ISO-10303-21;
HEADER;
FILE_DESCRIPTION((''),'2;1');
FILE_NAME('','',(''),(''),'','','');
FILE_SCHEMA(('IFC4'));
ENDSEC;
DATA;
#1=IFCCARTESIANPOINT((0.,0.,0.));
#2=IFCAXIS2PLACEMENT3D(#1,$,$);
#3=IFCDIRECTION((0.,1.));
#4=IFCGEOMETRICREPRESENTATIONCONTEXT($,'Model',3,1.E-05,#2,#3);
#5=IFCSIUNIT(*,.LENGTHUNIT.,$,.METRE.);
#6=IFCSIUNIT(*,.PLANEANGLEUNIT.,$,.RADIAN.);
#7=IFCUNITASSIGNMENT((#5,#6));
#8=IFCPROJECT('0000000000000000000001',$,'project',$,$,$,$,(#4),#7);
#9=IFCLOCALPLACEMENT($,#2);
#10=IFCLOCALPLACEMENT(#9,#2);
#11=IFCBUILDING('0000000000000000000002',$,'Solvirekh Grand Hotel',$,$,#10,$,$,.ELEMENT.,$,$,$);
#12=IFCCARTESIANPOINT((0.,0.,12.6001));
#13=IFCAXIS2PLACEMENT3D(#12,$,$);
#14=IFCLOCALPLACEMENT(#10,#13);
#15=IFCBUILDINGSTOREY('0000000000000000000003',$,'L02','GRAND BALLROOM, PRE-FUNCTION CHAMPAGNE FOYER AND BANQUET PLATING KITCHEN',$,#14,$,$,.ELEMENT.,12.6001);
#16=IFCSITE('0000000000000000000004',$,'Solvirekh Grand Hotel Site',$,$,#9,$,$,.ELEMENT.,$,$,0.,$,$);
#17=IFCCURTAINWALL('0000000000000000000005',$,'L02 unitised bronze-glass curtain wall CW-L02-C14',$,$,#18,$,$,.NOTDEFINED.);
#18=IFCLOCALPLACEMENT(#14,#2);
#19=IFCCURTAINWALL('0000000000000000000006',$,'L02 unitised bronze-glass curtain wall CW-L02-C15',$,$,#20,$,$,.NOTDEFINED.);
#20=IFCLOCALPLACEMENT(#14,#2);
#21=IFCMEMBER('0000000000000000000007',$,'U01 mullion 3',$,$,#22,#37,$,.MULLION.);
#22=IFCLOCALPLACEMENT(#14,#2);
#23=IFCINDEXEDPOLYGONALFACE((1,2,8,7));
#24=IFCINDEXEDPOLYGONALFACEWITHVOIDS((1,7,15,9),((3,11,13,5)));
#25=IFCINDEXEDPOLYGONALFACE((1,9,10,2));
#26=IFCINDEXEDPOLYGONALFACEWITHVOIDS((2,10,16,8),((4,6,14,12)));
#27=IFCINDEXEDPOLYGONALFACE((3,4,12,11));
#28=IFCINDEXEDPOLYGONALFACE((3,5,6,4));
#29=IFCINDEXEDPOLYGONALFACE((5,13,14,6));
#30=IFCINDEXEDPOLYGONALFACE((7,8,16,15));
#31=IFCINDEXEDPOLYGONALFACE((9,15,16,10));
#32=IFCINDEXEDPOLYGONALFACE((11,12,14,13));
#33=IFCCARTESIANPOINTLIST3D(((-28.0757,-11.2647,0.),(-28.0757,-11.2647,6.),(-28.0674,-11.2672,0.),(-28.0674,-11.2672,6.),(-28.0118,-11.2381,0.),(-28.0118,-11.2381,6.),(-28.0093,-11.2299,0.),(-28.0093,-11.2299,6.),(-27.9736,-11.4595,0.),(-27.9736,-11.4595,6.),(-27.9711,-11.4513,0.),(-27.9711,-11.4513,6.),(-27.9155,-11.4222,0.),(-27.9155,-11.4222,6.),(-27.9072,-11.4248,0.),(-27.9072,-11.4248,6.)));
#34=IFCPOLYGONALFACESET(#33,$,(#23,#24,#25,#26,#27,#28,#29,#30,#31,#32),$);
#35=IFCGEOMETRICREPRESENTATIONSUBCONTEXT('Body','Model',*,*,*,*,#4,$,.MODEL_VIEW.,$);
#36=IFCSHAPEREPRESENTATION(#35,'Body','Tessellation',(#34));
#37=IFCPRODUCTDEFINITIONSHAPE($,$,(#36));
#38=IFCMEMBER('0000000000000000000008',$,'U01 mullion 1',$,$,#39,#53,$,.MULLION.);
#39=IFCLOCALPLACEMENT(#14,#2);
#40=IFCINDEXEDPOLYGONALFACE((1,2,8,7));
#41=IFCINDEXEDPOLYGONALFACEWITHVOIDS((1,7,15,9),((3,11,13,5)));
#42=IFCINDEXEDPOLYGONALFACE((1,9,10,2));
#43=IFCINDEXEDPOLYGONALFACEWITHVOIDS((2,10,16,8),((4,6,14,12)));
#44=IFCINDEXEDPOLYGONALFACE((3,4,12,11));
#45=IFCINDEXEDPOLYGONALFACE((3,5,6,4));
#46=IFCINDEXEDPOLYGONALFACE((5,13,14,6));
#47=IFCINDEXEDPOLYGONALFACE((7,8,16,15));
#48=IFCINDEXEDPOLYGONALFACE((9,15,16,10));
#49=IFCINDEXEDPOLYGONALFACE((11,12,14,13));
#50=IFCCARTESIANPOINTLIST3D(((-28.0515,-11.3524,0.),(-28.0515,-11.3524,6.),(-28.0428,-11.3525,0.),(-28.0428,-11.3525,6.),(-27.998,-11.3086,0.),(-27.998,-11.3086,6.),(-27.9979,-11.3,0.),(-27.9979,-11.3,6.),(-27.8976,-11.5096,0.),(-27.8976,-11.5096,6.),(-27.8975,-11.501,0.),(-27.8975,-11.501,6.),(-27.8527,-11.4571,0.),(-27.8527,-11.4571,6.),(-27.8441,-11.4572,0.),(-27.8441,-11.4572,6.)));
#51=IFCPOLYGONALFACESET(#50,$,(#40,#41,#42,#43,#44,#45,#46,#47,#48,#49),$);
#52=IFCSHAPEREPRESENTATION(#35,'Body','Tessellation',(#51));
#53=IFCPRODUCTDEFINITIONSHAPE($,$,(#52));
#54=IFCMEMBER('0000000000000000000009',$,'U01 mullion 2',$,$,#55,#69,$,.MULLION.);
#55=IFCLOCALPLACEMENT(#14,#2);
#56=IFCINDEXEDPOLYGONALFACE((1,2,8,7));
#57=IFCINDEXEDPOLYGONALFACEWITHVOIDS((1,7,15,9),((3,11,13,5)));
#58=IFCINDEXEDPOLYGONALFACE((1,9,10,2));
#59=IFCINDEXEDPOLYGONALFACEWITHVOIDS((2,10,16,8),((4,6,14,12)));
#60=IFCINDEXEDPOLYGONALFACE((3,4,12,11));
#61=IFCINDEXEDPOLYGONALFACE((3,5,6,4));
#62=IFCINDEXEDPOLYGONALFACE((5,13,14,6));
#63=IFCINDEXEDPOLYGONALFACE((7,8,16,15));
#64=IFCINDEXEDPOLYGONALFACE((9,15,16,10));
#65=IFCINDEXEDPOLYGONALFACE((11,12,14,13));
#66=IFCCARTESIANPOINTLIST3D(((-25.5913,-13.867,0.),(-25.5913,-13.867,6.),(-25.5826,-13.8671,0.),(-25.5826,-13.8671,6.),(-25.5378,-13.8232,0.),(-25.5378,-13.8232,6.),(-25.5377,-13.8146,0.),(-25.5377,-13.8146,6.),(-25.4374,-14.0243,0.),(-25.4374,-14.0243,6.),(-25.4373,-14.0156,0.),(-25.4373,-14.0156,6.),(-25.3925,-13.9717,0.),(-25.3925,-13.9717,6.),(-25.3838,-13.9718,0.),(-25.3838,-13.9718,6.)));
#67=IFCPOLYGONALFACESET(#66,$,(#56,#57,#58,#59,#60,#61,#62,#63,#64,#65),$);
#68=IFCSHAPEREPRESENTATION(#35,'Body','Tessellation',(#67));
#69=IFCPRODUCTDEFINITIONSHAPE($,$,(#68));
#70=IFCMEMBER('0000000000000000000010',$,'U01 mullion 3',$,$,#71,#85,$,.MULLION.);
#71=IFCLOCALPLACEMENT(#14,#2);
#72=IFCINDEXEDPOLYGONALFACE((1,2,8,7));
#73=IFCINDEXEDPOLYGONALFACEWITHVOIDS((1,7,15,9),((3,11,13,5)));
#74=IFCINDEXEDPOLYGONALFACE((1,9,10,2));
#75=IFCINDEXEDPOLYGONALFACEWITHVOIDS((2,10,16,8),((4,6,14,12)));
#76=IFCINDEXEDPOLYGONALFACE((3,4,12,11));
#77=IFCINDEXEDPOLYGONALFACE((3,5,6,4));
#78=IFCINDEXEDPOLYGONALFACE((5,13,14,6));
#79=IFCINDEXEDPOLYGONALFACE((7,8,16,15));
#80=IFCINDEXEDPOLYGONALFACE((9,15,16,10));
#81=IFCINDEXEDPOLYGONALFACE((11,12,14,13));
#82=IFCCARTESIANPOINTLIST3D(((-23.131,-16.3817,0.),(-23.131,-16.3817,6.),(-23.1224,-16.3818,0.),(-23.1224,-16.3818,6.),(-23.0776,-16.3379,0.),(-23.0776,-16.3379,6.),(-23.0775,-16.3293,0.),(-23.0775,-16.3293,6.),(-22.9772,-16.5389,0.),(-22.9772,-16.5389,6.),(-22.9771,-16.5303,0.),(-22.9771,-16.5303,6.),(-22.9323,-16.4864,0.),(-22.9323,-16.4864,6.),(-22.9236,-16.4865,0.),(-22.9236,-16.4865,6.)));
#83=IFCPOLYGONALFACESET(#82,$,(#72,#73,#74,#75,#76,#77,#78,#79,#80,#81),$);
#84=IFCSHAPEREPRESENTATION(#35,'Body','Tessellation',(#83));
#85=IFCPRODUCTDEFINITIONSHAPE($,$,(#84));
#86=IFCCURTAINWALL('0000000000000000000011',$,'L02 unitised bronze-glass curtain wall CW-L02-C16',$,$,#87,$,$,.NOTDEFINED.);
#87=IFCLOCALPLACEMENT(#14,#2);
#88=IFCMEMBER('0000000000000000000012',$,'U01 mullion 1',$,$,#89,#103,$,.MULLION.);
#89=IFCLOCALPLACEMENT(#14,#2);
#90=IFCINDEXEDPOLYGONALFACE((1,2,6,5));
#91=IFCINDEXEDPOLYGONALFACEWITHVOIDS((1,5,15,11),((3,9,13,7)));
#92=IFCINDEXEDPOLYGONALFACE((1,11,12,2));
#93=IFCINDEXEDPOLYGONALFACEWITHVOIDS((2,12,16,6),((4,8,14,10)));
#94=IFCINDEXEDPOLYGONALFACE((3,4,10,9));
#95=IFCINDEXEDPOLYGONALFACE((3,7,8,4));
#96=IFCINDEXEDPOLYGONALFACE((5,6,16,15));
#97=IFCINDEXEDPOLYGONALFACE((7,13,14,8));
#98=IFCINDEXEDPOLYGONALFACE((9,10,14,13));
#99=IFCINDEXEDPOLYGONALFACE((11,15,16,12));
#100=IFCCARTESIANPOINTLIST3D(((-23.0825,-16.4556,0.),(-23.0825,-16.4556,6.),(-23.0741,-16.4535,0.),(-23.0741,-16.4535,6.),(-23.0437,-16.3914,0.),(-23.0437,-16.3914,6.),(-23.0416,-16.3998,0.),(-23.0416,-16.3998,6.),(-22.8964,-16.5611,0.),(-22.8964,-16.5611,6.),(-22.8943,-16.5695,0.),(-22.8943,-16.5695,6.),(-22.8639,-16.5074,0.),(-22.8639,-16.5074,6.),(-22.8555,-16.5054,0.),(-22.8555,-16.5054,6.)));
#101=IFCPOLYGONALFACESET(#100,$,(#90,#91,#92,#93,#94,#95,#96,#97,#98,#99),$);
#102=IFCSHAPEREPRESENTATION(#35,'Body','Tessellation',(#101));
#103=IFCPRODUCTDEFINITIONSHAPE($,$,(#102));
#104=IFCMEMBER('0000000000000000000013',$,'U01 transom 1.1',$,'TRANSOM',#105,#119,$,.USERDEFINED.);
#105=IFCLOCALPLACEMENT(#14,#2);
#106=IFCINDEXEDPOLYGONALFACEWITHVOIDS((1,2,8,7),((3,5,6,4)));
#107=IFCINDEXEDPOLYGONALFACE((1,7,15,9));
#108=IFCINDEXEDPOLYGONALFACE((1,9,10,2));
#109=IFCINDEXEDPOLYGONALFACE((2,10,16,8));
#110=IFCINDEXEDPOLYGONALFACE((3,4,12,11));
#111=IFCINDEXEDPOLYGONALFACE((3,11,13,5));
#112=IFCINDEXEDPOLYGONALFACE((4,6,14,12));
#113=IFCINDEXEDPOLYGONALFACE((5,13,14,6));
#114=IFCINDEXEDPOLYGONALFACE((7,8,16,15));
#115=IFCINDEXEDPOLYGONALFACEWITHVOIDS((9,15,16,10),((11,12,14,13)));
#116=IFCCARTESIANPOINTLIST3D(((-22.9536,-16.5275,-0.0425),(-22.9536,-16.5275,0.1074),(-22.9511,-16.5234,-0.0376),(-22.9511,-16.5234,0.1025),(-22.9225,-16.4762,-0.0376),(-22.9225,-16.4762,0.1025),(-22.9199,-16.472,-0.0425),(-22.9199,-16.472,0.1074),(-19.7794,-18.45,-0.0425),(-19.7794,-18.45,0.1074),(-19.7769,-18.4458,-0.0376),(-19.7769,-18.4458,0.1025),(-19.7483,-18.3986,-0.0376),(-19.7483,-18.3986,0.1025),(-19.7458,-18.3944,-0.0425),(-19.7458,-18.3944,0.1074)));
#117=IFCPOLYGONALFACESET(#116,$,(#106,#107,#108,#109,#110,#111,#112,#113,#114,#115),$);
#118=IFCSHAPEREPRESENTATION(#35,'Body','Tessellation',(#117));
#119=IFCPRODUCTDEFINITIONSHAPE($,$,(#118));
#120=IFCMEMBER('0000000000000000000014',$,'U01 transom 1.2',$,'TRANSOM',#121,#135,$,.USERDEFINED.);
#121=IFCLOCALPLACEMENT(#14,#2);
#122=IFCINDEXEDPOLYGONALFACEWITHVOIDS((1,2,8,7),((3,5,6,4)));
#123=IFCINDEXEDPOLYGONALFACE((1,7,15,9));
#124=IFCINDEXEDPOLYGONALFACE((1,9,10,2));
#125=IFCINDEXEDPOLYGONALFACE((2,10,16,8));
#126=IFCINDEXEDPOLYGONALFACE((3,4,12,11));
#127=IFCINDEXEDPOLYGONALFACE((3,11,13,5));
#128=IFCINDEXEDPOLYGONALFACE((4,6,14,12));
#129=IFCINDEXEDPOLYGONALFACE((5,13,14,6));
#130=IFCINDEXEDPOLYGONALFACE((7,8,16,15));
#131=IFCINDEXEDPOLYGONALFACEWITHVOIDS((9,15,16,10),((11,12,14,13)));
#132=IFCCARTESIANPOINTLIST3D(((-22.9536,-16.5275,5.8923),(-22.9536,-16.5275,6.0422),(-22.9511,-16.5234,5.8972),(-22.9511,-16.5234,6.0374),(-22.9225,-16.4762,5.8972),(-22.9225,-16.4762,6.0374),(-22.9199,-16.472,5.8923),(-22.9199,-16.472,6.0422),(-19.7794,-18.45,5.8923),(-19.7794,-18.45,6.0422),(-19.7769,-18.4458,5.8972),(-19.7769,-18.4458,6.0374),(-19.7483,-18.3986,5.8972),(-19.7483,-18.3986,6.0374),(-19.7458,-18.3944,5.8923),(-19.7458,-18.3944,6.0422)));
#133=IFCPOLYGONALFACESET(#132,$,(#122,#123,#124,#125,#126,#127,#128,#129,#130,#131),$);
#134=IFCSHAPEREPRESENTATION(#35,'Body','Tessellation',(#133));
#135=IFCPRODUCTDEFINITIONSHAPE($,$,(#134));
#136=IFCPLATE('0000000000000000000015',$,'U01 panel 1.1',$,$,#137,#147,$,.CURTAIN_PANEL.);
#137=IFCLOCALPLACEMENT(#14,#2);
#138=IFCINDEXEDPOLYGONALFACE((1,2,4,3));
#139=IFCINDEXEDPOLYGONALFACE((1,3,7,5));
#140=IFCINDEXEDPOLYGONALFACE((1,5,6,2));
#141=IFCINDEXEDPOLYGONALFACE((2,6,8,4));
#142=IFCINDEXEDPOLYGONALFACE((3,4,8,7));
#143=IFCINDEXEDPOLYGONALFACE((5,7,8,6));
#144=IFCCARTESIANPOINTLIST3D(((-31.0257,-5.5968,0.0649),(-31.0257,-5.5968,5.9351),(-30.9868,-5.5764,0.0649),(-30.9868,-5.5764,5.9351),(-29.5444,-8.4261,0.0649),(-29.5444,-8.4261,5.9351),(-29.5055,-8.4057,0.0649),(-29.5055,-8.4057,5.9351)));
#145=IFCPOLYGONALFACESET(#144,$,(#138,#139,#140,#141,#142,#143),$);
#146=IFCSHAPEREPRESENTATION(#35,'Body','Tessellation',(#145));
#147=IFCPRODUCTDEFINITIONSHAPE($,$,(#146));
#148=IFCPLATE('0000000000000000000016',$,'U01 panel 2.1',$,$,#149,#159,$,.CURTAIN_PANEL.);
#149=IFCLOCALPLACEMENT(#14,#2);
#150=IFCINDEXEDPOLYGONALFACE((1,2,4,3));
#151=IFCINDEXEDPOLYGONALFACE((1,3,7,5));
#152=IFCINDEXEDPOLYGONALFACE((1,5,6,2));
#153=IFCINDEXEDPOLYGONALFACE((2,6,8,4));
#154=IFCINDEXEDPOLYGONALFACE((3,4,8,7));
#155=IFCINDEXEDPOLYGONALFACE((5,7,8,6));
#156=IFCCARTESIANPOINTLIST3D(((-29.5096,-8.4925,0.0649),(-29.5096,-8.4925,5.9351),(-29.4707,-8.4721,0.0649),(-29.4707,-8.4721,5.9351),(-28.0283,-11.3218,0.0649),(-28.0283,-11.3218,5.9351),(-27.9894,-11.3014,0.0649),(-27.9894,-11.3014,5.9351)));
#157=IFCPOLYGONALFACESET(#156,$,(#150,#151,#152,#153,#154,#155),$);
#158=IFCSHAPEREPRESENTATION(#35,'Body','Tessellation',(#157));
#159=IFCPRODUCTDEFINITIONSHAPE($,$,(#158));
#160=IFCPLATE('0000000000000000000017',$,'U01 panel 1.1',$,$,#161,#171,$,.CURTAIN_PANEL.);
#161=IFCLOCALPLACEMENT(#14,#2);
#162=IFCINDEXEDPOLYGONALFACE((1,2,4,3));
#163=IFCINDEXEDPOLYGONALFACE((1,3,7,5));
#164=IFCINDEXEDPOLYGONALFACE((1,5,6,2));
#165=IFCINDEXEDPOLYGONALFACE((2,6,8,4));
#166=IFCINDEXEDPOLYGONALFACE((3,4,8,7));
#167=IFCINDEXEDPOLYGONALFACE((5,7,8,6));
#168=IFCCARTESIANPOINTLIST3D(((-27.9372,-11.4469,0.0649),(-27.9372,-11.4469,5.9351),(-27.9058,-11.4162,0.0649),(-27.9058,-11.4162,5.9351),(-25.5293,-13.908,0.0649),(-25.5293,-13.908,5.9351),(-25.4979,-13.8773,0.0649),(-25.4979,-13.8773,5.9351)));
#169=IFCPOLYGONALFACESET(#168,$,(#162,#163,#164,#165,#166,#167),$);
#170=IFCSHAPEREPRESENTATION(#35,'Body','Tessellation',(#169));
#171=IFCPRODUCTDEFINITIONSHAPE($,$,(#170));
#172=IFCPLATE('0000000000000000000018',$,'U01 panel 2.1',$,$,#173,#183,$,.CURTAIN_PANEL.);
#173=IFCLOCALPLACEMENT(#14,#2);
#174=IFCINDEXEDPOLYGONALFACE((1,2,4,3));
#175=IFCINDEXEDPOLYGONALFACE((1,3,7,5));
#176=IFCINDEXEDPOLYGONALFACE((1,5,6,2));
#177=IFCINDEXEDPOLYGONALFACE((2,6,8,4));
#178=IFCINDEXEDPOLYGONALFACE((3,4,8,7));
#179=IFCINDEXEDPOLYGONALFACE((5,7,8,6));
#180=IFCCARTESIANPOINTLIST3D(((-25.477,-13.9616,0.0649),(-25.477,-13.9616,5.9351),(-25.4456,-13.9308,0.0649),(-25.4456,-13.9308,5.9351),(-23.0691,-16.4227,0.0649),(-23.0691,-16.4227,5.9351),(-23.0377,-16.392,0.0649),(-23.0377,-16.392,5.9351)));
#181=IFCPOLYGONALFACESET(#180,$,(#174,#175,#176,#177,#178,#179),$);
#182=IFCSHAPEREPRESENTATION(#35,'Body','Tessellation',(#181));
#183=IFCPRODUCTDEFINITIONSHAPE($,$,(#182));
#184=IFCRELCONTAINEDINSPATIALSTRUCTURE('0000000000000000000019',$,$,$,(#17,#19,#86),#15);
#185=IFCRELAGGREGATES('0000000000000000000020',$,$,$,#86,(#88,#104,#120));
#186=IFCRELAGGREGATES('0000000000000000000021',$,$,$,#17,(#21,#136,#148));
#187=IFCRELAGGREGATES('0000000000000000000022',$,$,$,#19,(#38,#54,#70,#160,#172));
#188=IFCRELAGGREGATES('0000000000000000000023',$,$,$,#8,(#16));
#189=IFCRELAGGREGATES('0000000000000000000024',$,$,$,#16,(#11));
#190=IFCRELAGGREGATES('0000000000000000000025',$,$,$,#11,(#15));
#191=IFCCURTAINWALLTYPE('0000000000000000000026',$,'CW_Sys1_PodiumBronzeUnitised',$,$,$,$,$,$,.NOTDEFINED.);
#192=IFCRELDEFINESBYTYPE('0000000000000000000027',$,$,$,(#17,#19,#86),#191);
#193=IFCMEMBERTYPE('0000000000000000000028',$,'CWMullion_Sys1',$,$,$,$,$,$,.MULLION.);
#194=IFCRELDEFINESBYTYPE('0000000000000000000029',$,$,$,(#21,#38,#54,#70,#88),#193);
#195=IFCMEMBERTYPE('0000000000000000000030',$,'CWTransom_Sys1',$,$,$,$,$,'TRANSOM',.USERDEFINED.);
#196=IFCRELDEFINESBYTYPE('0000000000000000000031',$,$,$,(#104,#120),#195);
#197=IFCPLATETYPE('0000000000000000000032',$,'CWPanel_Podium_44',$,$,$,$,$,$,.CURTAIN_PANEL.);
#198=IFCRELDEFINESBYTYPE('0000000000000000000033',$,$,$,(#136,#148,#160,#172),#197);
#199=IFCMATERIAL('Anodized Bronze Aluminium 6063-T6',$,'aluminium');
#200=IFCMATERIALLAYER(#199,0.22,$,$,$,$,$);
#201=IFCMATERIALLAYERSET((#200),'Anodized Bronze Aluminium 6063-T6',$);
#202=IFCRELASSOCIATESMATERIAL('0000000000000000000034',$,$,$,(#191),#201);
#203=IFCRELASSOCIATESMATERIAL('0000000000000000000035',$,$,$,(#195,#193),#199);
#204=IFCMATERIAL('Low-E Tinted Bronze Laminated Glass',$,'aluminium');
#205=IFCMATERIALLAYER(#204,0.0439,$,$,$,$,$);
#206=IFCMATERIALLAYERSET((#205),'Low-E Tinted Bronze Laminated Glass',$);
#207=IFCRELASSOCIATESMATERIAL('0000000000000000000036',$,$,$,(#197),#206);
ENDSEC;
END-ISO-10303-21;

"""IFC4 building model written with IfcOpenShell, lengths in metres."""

from ifc_helpers import new_model, si_unit, direction, frame, origin, origin_2d, place, context, subcontext, project, spatial, rectangle, hollow_rectangle, extrude, source, transform, mapped, material, layer, layer_set, material_profile, profile_set, type_object, element, aggregate, save


model = new_model("IFC4")

# Units and contexts
model_context = context("Model", 3, precision=1e-05, world=origin(), true_north=direction((0.0, 1.0)))
body_context = subcontext(model_context, "Body", "Model", "MODEL_VIEW")
ifc_project = project(units=[si_unit("LENGTHUNIT", "METRE"), si_unit("PLANEANGLEUNIT", "RADIAN")], contexts=[model_context])

# Site, building, storey
site_placement = place(None, origin())
site = spatial("IfcSite", under=ifc_project, at=site_placement, Name="Solvirekh Grand Hotel Site", CompositionType="ELEMENT", RefElevation=0.0)
building_placement = place(site_placement, origin())
building = spatial("IfcBuilding", under=site, at=building_placement, Name="Solvirekh Grand Hotel", CompositionType="ELEMENT")
storey_placement = place(building_placement, frame((0.0, 0.0, 12.6001)))
storey = spatial("IfcBuildingStorey", under=building, at=storey_placement, Name="L02", Description="GRAND BALLROOM, PRE-FUNCTION CHAMPAGNE FOYER AND BANQUET PLATING KITCHEN", CompositionType="ELEMENT", Elevation=12.6001)

# Curtain walls
ifc_material_1 = material(Name="Anodized Bronze Aluminium 6063-T6", Category="aluminium")
ifc_layer_1 = layer(ifc_material_1, 0.22)
ifc_layer_set_1 = layer_set([ifc_layer_1], Name="Anodized Bronze Aluminium 6063-T6")
curtain_wall_type = type_object("IfcCurtainWallType", Name="CW_Sys1_PodiumBronzeUnitised", PredefinedType="NOTDEFINED", material=ifc_layer_set_1)
curtain_wall_1_placement = place(storey_placement, origin())
curtain_wall_1 = element("IfcCurtainWall", 1, at=curtain_wall_1_placement, inside=storey, type_object=curtain_wall_type, Name="L02 unitised bronze-glass curtain wall CW-L02-C14", PredefinedType="NOTDEFINED")
ifc_material_profile_1 = material_profile(ifc_material_1, hollow_rectangle(XDim=0.0649, YDim=0.1499, WallThickness=0.0049, at=origin_2d()), Name="ALU RHS 150X65X5")
ifc_profile_set_1 = profile_set([ifc_material_profile_1], Name="Anodized Bronze Aluminium 6063-T6")
member_type_1 = type_object("IfcMemberType", Name="CWTransom_Sys1", ElementType="TRANSOM", PredefinedType="USERDEFINED", material=ifc_profile_set_1)
curtain_wall_2_placement = place(storey_placement, origin())
curtain_wall_2 = element("IfcCurtainWall", 2, at=curtain_wall_2_placement, inside=storey, type_object=curtain_wall_type, Name="L02 unitised bronze-glass curtain wall CW-L02-C15", PredefinedType="NOTDEFINED")

# Members
ifc_material_profile_2 = material_profile(ifc_material_1, hollow_rectangle(XDim=0.075, YDim=0.22, WallThickness=0.0061, at=origin_2d()), Name="ALU RHS 220X75X6")
ifc_profile_set_2 = profile_set([ifc_material_profile_2], Name="Anodized Bronze Aluminium 6063-T6")
member_type_2 = type_object("IfcMemberType", Name="CWMullion_Sys1", PredefinedType="MULLION", material=ifc_profile_set_2)
shared_shape_1 = source(origin(), body_context, "Body", "SweptSolid", [
    extrude(hollow_rectangle(XDim=0.075, YDim=0.22, WallThickness=0.0061, at=origin_2d()), origin(), (0.0, 0.0, 1.0), 6.0),
])
member_1_placement = place(storey_placement, frame((-27.9915, -11.3447, 0.0), z_axis=(0.0, 0.0, 1.0), x_axis=(0.885923, 0.463832, 0.0)))
member_1 = element("IfcMember", 3, at=member_1_placement, type_object=member_type_2, Name="U01 mullion 3", PredefinedType="MULLION", context=body_context, shape_type="MappedRepresentation", body=[
    mapped(shared_shape_1, transform((0.0, 0.0, 0.0), x_axis=(1.0, 0.0, 0.0), y_axis=(0.0, 1.0, 0.0), z_axis=(0.0, 0.0, 1.0), scale=1.0)),
])
member_2_placement = place(storey_placement, frame((-27.9478, -11.4048, 0.0), z_axis=(0.0, 0.0, 1.0), x_axis=(0.714799, 0.69933, 0.0)))
member_2 = element("IfcMember", 4, at=member_2_placement, type_object=member_type_2, Name="U01 mullion 1", PredefinedType="MULLION", context=body_context, shape_type="MappedRepresentation", body=[
    mapped(shared_shape_1, transform((0.0, 0.0, 0.0), x_axis=(1.0, 0.0, 0.0), y_axis=(0.0, 1.0, 0.0), z_axis=(0.0, 0.0, 1.0), scale=1.0)),
])
member_3_placement = place(storey_placement, frame((-25.4875, -13.9194, 0.0), z_axis=(0.0, 0.0, 1.0), x_axis=(0.714799, 0.69933, 0.0)))
member_3 = element("IfcMember", 5, at=member_3_placement, type_object=member_type_2, Name="U01 mullion 2", PredefinedType="MULLION", context=body_context, shape_type="MappedRepresentation", body=[
    mapped(shared_shape_1, transform((0.0, 0.0, 0.0), x_axis=(1.0, 0.0, 0.0), y_axis=(0.0, 1.0, 0.0), z_axis=(0.0, 0.0, 1.0), scale=1.0)),
])
member_4_placement = place(storey_placement, frame((-23.0273, -16.4341, 0.0), z_axis=(0.0, 0.0, 1.0), x_axis=(0.714799, 0.69933, 0.0)))
member_4 = element("IfcMember", 6, at=member_4_placement, type_object=member_type_2, Name="U01 mullion 3", PredefinedType="MULLION", context=body_context, shape_type="MappedRepresentation", body=[
    mapped(shared_shape_1, transform((0.0, 0.0, 0.0), x_axis=(1.0, 0.0, 0.0), y_axis=(0.0, 1.0, 0.0), z_axis=(0.0, 0.0, 1.0), scale=1.0)),
])

# Curtain wall, members
curtain_wall_3_placement = place(storey_placement, origin())
curtain_wall_3 = element("IfcCurtainWall", 7, at=curtain_wall_3_placement, inside=storey, type_object=curtain_wall_type, Name="L02 unitised bronze-glass curtain wall CW-L02-C16", PredefinedType="NOTDEFINED")
member_5_placement = place(storey_placement, frame((-22.969, -16.4805, 0.0), z_axis=(0.0, 0.0, 1.0), x_axis=(0.517992, 0.855386, 0.0)))
member_5 = element("IfcMember", 8, at=member_5_placement, type_object=member_type_2, Name="U01 mullion 1", PredefinedType="MULLION", context=body_context, shape_type="MappedRepresentation", body=[
    mapped(shared_shape_1, transform((0.0, 0.0, 0.0), x_axis=(1.0, 0.0, 0.0), y_axis=(0.0, 1.0, 0.0), z_axis=(0.0, 0.0, 1.0), scale=1.0)),
])
shared_shape_2 = source(origin(), body_context, "Body", "SweptSolid", [
    extrude(hollow_rectangle(XDim=0.0649, YDim=0.1499, WallThickness=0.0049, at=origin_2d()), origin(), (0.0, 0.0, 1.0), 3.7109),
])
member_6_placement = place(storey_placement, frame((-22.9368, -16.4998, 0.0325), z_axis=(0.855355, -0.518042, 0.0), x_axis=(0.518042, 0.855355, 0.0)))
member_6 = element("IfcMember", 9, at=member_6_placement, type_object=member_type_1, Name="U01 transom 1.1", ObjectType="TRANSOM", PredefinedType="USERDEFINED", context=body_context, shape_type="MappedRepresentation", body=[
    mapped(shared_shape_2, transform((0.0, 0.0, 0.0), x_axis=(1.0, 0.0, 0.0), y_axis=(0.0, 1.0, 0.0), z_axis=(0.0, 0.0, 1.0), scale=1.0)),
])
member_7_placement = place(storey_placement, frame((-22.9368, -16.4998, 5.9673), z_axis=(0.855355, -0.518042, 0.0), x_axis=(0.518042, 0.855355, 0.0)))
member_7 = element("IfcMember", 10, at=member_7_placement, type_object=member_type_1, Name="U01 transom 1.2", ObjectType="TRANSOM", PredefinedType="USERDEFINED", context=body_context, shape_type="MappedRepresentation", body=[
    mapped(shared_shape_2, transform((0.0, 0.0, 0.0), x_axis=(1.0, 0.0, 0.0), y_axis=(0.0, 1.0, 0.0), z_axis=(0.0, 0.0, 1.0), scale=1.0)),
])
aggregate(curtain_wall_3, [member_5, member_6, member_7])

# Plates
ifc_material_2 = material(Name="Low-E Tinted Bronze Laminated Glass", Category="aluminium")
ifc_layer_2 = layer(ifc_material_2, 0.0439)
ifc_layer_set_2 = layer_set([ifc_layer_2], Name="Low-E Tinted Bronze Laminated Glass")
plate_type = type_object("IfcPlateType", Name="CWPanel_Podium_44", PredefinedType="CURTAIN_PANEL", material=ifc_layer_set_2)
shared_shape_3 = source(origin(), body_context, "Body", "SweptSolid", [
    extrude(rectangle(XDim=3.1936, YDim=0.0439, at=origin_2d()), origin(), (0.0, 0.0, 1.0), 5.8701),
])
plate_1_placement = place(storey_placement, frame((-30.2656, -7.0012, 0.0649), z_axis=(0.0, 0.0, 1.0), x_axis=(0.463832, -0.885923, 0.0)))
plate_1 = element("IfcPlate", 11, at=plate_1_placement, type_object=plate_type, Name="U01 panel 1.1", PredefinedType="CURTAIN_PANEL", context=body_context, shape_type="MappedRepresentation", body=[
    mapped(shared_shape_3, transform((0.0, 0.0, 0.0), x_axis=(1.0, 0.0, 0.0), y_axis=(0.0, 1.0, 0.0), z_axis=(0.0, 0.0, 1.0), scale=1.0)),
])
plate_2_placement = place(storey_placement, frame((-28.7495, -9.897, 0.0649), z_axis=(0.0, 0.0, 1.0), x_axis=(0.463832, -0.885923, 0.0)))
plate_2 = element("IfcPlate", 12, at=plate_2_placement, type_object=plate_type, Name="U01 panel 2.1", PredefinedType="CURTAIN_PANEL", context=body_context, shape_type="MappedRepresentation", body=[
    mapped(shared_shape_3, transform((0.0, 0.0, 0.0), x_axis=(1.0, 0.0, 0.0), y_axis=(0.0, 1.0, 0.0), z_axis=(0.0, 0.0, 1.0), scale=1.0)),
])
aggregate(curtain_wall_1, [member_1, plate_1, plate_2])
shared_shape_4 = source(origin(), body_context, "Body", "SweptSolid", [
    extrude(rectangle(XDim=3.4431, YDim=0.0439, at=origin_2d()), origin(), (0.0, 0.0, 1.0), 5.8701),
])
plate_3_placement = place(storey_placement, frame((-26.7175, -12.6621, 0.0649), z_axis=(0.0, 0.0, 1.0), x_axis=(0.69933, -0.714799, 0.0)))
plate_3 = element("IfcPlate", 13, at=plate_3_placement, type_object=plate_type, Name="U01 panel 1.1", PredefinedType="CURTAIN_PANEL", context=body_context, shape_type="MappedRepresentation", body=[
    mapped(shared_shape_4, transform((0.0, 0.0, 0.0), x_axis=(1.0, 0.0, 0.0), y_axis=(0.0, 1.0, 0.0), z_axis=(0.0, 0.0, 1.0), scale=1.0)),
])
plate_4_placement = place(storey_placement, frame((-24.2573, -15.1768, 0.0649), z_axis=(0.0, 0.0, 1.0), x_axis=(0.69933, -0.714799, 0.0)))
plate_4 = element("IfcPlate", 14, at=plate_4_placement, type_object=plate_type, Name="U01 panel 2.1", PredefinedType="CURTAIN_PANEL", context=body_context, shape_type="MappedRepresentation", body=[
    mapped(shared_shape_4, transform((0.0, 0.0, 0.0), x_axis=(1.0, 0.0, 0.0), y_axis=(0.0, 1.0, 0.0), z_axis=(0.0, 0.0, 1.0), scale=1.0)),
])
aggregate(curtain_wall_2, [member_2, member_3, member_4, plate_3, plate_4])

save(model, "model.ifc")
